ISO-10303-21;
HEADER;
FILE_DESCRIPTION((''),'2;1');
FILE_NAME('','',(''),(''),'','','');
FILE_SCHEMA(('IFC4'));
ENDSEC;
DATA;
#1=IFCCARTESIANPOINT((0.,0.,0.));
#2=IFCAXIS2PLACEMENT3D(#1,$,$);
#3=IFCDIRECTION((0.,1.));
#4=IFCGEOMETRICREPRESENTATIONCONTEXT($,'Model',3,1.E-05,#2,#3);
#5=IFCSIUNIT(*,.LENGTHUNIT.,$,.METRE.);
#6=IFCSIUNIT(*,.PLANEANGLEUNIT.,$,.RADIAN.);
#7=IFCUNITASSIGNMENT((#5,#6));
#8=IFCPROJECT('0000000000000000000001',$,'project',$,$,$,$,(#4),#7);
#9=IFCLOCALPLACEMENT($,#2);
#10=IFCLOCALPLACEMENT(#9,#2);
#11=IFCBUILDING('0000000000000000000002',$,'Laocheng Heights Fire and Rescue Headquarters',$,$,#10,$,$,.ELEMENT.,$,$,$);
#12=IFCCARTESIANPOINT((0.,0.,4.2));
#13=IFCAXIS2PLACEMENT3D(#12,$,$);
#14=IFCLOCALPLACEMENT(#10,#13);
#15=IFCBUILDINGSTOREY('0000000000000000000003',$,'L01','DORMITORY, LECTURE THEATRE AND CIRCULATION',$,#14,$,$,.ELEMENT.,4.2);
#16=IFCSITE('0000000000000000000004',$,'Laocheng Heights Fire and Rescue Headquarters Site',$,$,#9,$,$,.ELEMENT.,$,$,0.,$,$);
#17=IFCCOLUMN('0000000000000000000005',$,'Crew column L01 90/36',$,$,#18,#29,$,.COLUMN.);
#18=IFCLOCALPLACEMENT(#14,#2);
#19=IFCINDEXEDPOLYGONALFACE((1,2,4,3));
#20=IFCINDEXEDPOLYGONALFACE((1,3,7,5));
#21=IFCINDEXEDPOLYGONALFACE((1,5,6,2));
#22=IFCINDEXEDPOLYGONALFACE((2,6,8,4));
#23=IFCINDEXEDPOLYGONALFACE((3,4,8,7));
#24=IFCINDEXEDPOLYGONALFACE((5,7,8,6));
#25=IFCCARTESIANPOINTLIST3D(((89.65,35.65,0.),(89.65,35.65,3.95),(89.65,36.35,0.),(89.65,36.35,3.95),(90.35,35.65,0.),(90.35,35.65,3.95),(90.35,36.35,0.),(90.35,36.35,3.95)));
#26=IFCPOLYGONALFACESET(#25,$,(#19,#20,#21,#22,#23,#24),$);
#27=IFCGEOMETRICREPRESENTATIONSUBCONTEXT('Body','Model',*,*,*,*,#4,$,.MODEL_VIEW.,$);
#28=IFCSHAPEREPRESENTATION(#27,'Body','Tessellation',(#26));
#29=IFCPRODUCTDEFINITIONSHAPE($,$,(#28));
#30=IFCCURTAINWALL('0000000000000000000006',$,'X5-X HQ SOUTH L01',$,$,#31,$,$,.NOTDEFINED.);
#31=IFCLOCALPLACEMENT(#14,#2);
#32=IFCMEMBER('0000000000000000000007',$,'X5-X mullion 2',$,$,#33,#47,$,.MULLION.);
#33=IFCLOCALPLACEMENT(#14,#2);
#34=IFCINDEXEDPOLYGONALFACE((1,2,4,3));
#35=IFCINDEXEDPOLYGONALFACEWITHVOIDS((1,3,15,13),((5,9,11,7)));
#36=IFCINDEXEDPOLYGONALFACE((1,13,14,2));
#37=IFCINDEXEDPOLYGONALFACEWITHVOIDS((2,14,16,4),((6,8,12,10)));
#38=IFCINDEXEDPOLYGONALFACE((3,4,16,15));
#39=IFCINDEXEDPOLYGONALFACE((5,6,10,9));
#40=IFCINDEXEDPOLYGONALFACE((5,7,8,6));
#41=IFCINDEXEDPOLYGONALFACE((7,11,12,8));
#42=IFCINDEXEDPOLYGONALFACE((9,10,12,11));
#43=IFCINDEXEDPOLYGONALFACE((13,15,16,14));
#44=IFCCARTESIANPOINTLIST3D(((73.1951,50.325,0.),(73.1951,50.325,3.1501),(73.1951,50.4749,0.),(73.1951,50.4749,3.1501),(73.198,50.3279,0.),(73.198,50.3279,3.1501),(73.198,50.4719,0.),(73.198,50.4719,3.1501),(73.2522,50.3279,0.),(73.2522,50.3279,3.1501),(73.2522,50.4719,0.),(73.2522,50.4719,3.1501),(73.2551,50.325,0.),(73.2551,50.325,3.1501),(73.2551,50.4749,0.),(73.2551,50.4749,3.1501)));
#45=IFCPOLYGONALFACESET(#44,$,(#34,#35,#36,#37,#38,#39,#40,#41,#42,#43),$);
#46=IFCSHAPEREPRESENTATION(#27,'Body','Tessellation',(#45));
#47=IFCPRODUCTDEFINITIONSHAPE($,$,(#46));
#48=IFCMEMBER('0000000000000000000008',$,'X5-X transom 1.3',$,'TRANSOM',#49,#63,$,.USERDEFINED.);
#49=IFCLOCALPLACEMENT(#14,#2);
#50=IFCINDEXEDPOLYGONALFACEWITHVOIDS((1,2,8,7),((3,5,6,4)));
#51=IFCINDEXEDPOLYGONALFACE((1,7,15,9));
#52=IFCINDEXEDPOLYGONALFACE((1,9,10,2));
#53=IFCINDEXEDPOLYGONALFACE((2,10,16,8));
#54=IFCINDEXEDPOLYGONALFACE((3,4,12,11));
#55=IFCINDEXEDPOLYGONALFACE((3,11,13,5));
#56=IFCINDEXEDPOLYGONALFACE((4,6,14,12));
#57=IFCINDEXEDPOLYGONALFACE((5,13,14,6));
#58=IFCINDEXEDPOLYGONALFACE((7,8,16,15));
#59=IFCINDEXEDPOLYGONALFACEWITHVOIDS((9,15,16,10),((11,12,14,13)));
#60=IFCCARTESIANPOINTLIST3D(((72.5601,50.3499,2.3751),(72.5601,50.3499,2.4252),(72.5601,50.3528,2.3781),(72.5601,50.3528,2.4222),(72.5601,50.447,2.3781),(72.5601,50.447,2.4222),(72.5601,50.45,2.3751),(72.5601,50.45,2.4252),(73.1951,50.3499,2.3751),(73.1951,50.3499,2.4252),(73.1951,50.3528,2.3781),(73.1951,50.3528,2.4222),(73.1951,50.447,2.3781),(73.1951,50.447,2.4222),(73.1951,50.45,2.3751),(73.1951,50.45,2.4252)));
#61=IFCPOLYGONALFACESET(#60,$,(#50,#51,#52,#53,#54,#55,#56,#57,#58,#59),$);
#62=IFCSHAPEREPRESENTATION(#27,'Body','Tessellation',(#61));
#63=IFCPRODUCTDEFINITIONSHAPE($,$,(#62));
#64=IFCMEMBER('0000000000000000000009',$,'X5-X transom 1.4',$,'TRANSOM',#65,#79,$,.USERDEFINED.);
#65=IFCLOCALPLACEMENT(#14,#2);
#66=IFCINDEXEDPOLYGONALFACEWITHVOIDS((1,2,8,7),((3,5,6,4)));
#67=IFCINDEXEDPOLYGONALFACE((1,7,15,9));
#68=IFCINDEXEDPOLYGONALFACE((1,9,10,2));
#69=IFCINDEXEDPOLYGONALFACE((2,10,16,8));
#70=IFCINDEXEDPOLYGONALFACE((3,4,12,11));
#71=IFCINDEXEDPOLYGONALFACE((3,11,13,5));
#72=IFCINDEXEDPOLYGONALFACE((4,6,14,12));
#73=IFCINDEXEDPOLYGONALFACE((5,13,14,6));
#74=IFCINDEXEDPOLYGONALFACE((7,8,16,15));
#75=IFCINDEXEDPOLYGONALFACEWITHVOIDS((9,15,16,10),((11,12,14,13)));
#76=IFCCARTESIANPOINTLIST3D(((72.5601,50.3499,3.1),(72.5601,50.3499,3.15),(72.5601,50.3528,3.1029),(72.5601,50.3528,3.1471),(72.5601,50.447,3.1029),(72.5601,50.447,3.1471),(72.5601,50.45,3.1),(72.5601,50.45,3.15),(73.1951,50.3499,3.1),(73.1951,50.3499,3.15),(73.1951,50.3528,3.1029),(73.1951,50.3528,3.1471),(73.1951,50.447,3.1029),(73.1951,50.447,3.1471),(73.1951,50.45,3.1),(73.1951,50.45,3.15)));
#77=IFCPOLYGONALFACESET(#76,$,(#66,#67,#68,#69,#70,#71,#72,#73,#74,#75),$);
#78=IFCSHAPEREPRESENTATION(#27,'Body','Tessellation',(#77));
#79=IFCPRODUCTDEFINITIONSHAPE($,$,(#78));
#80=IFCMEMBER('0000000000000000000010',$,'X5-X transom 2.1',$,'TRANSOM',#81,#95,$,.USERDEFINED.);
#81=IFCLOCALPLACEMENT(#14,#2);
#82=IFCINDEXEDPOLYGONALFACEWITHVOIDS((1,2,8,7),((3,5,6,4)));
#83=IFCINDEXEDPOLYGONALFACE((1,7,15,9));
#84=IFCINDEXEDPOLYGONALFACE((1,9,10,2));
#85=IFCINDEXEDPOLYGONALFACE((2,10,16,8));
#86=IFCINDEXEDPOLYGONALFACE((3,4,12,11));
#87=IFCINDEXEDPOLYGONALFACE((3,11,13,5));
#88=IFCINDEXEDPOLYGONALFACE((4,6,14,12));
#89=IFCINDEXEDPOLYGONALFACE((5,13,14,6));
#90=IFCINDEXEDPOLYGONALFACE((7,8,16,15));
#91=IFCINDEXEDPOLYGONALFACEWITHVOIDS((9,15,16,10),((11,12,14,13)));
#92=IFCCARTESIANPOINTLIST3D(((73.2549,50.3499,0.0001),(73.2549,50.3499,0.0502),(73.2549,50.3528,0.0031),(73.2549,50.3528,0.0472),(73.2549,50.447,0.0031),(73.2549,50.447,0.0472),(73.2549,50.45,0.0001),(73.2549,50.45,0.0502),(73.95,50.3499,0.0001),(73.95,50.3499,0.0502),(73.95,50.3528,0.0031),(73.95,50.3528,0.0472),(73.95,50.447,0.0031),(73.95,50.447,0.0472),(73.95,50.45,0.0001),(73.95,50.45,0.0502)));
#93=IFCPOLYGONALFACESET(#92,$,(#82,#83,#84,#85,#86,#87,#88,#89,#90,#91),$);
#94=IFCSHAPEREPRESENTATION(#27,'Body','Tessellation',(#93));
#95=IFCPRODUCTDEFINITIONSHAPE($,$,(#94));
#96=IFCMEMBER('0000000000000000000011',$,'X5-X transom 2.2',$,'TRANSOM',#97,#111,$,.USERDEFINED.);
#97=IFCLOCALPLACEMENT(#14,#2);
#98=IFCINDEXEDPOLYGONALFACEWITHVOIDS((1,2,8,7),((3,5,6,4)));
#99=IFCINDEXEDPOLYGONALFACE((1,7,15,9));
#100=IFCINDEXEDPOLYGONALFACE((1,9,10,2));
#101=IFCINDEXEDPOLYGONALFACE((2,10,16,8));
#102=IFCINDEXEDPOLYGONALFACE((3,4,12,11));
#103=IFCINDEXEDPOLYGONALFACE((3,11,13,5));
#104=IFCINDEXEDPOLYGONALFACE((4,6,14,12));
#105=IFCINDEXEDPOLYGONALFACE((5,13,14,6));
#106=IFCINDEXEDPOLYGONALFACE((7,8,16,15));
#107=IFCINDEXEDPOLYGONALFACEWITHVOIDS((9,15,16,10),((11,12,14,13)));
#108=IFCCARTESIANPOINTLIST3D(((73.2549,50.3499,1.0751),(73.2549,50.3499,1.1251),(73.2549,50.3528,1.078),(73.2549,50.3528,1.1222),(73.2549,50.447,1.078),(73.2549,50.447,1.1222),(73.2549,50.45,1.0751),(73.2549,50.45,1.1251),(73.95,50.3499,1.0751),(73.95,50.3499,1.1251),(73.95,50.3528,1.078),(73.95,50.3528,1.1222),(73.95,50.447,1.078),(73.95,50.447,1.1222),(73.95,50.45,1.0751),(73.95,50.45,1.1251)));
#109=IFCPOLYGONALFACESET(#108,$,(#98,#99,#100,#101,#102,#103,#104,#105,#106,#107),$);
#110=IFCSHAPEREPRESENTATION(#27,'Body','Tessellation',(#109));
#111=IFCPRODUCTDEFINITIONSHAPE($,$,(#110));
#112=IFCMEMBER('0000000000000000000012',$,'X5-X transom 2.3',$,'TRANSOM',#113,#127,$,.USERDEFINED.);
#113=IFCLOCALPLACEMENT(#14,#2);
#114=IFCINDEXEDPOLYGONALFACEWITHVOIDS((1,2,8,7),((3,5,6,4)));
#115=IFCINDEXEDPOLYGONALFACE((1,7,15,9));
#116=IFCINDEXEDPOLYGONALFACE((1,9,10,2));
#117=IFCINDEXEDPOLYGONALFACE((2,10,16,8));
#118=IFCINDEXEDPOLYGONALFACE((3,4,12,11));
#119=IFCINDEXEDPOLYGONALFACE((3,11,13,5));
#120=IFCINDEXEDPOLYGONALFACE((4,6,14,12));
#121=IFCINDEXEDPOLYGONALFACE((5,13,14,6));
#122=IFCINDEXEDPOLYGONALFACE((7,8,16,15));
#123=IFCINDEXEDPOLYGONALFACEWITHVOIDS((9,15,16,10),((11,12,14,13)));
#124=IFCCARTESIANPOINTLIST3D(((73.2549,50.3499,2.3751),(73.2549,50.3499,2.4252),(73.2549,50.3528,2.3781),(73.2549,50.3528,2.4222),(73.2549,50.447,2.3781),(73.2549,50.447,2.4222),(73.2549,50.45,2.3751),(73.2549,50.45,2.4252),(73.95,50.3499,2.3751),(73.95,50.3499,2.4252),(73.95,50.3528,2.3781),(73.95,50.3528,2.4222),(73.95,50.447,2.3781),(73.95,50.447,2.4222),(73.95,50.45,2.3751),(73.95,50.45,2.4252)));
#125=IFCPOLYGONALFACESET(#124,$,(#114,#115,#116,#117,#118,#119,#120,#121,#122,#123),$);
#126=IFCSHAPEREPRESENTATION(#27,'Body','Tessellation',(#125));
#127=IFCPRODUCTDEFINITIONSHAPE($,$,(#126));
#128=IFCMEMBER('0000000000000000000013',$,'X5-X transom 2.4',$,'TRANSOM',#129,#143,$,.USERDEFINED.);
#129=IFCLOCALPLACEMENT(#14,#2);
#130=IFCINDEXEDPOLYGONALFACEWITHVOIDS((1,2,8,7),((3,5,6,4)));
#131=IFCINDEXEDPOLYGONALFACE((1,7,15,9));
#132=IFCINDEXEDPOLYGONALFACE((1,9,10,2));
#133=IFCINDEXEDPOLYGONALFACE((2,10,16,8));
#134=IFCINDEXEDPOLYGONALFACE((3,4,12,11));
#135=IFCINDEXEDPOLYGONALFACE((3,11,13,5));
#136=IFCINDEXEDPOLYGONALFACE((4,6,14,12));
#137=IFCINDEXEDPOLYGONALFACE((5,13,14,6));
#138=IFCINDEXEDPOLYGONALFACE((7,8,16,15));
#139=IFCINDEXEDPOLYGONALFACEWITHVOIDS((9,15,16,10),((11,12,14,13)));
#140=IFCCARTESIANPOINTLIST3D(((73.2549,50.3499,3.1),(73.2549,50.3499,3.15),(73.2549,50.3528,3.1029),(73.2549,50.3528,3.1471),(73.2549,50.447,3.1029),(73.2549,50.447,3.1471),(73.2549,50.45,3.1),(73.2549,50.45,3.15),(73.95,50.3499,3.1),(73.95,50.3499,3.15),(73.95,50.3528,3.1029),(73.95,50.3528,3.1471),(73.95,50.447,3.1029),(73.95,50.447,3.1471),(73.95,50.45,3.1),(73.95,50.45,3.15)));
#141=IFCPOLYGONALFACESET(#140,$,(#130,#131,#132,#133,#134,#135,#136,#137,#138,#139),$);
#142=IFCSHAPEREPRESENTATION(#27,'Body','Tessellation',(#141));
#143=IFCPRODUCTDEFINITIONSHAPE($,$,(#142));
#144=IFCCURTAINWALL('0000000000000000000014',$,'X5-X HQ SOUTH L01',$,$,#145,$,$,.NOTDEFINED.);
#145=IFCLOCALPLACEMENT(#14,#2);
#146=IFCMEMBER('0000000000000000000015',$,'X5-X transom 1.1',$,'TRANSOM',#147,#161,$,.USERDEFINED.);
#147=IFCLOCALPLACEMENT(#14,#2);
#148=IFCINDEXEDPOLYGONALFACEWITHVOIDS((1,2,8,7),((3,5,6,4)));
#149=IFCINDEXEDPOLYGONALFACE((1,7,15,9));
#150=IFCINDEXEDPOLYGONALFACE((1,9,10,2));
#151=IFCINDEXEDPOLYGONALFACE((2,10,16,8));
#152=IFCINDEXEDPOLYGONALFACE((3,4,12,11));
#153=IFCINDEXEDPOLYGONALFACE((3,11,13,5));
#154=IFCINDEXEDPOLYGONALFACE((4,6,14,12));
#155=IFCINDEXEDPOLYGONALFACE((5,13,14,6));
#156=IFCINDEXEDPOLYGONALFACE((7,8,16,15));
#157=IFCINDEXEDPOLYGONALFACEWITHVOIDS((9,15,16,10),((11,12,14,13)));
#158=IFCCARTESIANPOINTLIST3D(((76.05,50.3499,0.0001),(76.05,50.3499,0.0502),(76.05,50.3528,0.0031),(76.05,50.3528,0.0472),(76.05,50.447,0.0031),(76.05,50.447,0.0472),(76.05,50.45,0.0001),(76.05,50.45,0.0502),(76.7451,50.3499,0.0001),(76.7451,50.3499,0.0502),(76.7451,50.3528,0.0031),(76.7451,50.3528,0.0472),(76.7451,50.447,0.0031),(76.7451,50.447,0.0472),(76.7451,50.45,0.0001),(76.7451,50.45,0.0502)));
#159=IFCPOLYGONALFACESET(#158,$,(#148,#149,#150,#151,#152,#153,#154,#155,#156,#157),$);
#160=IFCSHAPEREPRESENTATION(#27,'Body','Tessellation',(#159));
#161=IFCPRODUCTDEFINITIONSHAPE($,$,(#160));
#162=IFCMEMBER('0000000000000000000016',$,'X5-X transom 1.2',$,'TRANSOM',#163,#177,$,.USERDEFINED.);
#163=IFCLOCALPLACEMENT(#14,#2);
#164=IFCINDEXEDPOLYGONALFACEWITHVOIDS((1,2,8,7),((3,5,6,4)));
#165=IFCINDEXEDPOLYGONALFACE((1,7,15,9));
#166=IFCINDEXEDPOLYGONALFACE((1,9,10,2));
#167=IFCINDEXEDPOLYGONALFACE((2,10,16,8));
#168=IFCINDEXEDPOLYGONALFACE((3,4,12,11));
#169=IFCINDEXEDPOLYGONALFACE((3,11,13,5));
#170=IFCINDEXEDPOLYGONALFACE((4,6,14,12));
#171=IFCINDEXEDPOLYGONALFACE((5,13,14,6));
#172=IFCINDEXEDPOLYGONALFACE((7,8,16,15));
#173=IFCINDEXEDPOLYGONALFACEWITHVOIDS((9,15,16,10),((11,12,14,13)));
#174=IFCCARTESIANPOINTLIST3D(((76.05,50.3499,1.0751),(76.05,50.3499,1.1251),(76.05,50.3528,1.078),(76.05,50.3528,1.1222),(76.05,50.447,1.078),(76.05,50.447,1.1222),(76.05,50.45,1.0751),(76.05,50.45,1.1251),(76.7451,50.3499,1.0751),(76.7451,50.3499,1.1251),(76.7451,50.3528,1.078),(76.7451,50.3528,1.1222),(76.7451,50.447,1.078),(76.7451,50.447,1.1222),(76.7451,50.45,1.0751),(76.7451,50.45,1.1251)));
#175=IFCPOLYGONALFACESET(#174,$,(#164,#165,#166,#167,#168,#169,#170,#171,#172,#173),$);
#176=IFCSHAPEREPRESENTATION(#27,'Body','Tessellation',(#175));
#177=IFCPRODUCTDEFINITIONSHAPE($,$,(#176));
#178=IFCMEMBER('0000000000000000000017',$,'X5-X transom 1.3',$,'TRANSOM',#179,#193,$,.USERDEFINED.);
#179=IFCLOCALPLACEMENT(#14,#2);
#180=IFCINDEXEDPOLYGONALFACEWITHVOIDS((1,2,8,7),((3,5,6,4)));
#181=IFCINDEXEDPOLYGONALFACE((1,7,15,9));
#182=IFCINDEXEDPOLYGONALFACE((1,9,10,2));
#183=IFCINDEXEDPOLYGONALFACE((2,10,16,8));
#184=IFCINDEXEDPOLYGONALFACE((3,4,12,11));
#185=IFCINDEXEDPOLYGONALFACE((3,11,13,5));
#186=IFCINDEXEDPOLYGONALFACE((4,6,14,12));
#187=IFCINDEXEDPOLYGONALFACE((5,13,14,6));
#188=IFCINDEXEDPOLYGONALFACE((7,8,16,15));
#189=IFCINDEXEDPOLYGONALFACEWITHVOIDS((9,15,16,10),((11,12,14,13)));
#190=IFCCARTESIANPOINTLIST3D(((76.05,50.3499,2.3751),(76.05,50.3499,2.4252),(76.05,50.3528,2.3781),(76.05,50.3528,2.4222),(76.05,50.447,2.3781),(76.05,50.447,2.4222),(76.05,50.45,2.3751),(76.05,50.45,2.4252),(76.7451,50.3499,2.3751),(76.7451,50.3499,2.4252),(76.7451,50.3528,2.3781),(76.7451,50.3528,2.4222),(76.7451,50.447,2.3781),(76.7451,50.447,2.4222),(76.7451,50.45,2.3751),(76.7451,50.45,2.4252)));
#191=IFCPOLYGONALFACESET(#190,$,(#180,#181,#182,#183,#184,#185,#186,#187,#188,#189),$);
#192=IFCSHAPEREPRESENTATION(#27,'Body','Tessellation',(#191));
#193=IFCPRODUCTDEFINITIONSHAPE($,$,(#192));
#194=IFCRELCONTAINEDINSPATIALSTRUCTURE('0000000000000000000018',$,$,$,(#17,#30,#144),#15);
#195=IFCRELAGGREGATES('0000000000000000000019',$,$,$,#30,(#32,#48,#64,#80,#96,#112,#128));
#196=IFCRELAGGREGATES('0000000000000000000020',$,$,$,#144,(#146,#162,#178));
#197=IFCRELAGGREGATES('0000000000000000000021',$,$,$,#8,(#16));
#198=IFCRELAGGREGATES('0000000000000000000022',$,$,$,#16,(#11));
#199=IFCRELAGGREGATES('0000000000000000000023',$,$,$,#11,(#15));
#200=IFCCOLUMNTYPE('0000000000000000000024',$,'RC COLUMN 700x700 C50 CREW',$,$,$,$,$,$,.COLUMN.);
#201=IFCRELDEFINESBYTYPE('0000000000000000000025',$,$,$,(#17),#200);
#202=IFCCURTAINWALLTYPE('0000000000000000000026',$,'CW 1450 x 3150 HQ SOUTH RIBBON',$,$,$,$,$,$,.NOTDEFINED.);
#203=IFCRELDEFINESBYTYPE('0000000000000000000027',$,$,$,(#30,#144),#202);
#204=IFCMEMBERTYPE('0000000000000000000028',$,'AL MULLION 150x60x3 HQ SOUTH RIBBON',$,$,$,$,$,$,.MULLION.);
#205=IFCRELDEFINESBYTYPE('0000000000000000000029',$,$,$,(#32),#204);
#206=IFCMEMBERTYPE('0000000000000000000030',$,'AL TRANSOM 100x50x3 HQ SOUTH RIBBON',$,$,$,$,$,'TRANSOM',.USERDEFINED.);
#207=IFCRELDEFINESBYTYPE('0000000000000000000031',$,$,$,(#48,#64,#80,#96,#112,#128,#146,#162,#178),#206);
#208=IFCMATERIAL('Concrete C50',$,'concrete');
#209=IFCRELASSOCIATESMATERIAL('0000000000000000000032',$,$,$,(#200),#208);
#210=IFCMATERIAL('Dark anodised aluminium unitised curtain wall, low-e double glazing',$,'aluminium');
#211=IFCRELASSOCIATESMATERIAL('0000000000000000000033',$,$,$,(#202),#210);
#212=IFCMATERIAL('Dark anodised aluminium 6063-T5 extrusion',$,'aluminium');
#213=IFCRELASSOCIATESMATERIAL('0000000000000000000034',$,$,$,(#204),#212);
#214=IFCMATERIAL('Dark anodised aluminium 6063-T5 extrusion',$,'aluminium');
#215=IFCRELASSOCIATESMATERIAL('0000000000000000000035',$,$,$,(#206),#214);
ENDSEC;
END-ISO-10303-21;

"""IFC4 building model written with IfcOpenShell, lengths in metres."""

from ifc_helpers import new_model, si_unit, direction, frame, origin, origin_2d, place, context, subcontext, project, spatial, rectangle, hollow_rectangle, extrude, material, material_profile, profile_set, type_object, element, aggregate, save


model = new_model("IFC4")

# Units and contexts
model_context = context("Model", 3, precision=1e-05, world=origin(), true_north=direction((0.0, 1.0)))
body_context = subcontext(model_context, "Body", "Model", "MODEL_VIEW")
ifc_project = project(units=[si_unit("LENGTHUNIT", "METRE"), si_unit("PLANEANGLEUNIT", "RADIAN")], contexts=[model_context])

# Site, building, storey
site_placement = place(None, origin())
site = spatial("IfcSite", under=ifc_project, at=site_placement, Name="Laocheng Heights Fire and Rescue Headquarters Site", CompositionType="ELEMENT", RefElevation=0.0)
building_placement = place(site_placement, origin())
building = spatial("IfcBuilding", under=site, at=building_placement, Name="Laocheng Heights Fire and Rescue Headquarters", CompositionType="ELEMENT")
storey_placement = place(building_placement, frame((0.0, 0.0, 4.2)))
storey = spatial("IfcBuildingStorey", under=building, at=storey_placement, Name="L01", Description="DORMITORY, LECTURE THEATRE AND CIRCULATION", CompositionType="ELEMENT", Elevation=4.2)

# Column
ifc_material_1 = material(Name="Concrete C50", Category="concrete")
ifc_material_profile_1 = material_profile(ifc_material_1, rectangle(XDim=0.7, YDim=0.7, at=origin_2d()), Name="RC COLUMN 700x700 C50 CREW")
ifc_profile_set_1 = profile_set([ifc_material_profile_1], Name="Concrete C50")
column_type = type_object("IfcColumnType", Name="RC COLUMN 700x700 C50 CREW", PredefinedType="COLUMN", material=ifc_profile_set_1)
column_placement = place(storey_placement, frame((90.0, 36.0, 0.0), z_axis=(0.0, 0.0, 1.0), x_axis=(1.0, 0.0, 0.0)))
element("IfcColumn", 1, at=column_placement, inside=storey, type_object=column_type, Name="Crew column L01 90/36", PredefinedType="COLUMN", context=body_context, shape_type="SweptSolid", body=[
    extrude(rectangle(XDim=0.7, YDim=0.7, at=origin_2d()), origin(), (0.0, 0.0, 1.0), 3.95),
])

# Curtain walls, members
ifc_material_2 = material(Name="Dark anodised aluminium unitised curtain wall, low-e double glazing", Category="aluminium")
curtain_wall_type = type_object("IfcCurtainWallType", Name="CW 1450 x 3150 HQ SOUTH RIBBON", PredefinedType="NOTDEFINED", material=ifc_material_2)
curtain_wall_1_placement = place(storey_placement, origin())
curtain_wall_1 = element("IfcCurtainWall", 2, at=curtain_wall_1_placement, inside=storey, type_object=curtain_wall_type, Name="X5-X HQ SOUTH L01", PredefinedType="NOTDEFINED")
ifc_material_3 = material(Name="Dark anodised aluminium 6063-T5 extrusion", Category="aluminium")
ifc_material_profile_2 = material_profile(ifc_material_3, hollow_rectangle(XDim=0.1499, YDim=0.0601, WallThickness=0.0029, at=origin_2d()), Name="AL MULLION 150x60x3 HQ SOUTH RIBBON")
ifc_profile_set_2 = profile_set([ifc_material_profile_2], Name="Dark anodised aluminium 6063-T5 extrusion")
member_type_1 = type_object("IfcMemberType", Name="AL MULLION 150x60x3 HQ SOUTH RIBBON", PredefinedType="MULLION", material=ifc_profile_set_2)
member_1_placement = place(storey_placement, frame((73.2251, 50.3999, 0.0), z_axis=(0.0, 0.0, 1.0), x_axis=(0.0, 1.0, 0.0)))
member_1 = element("IfcMember", 3, at=member_1_placement, type_object=member_type_1, Name="X5-X mullion 2", PredefinedType="MULLION", context=body_context, shape_type="SweptSolid", body=[
    extrude(hollow_rectangle(XDim=0.1499, YDim=0.0601, WallThickness=0.0029, at=origin_2d()), origin(), (0.0, 0.0, 1.0), 3.1501),
])
ifc_material_4 = material(Name="Dark anodised aluminium 6063-T5 extrusion", Category="aluminium")
ifc_material_profile_3 = material_profile(ifc_material_4, hollow_rectangle(XDim=0.1001, YDim=0.05, WallThickness=0.0029, at=origin_2d()), Name="AL TRANSOM 100x50x3 HQ SOUTH RIBBON")
ifc_profile_set_3 = profile_set([ifc_material_profile_3], Name="Dark anodised aluminium 6063-T5 extrusion")
member_type_2 = type_object("IfcMemberType", Name="AL TRANSOM 100x50x3 HQ SOUTH RIBBON", ElementType="TRANSOM", PredefinedType="USERDEFINED", material=ifc_profile_set_3)
member_2_placement = place(storey_placement, frame((72.5601, 50.3999, 2.4001), z_axis=(1.0, 0.0, 0.0), x_axis=(0.0, 1.0, 0.0)))
member_2 = element("IfcMember", 4, at=member_2_placement, type_object=member_type_2, Name="X5-X transom 1.3", ObjectType="TRANSOM", PredefinedType="USERDEFINED", context=body_context, shape_type="SweptSolid", body=[
    extrude(hollow_rectangle(XDim=0.1001, YDim=0.05, WallThickness=0.0029, at=origin_2d()), origin(), (0.0, 0.0, 1.0), 0.635),
])
member_3_placement = place(storey_placement, frame((72.5601, 50.3999, 3.125), z_axis=(1.0, 0.0, 0.0), x_axis=(0.0, 1.0, 0.0)))
member_3 = element("IfcMember", 5, at=member_3_placement, type_object=member_type_2, Name="X5-X transom 1.4", ObjectType="TRANSOM", PredefinedType="USERDEFINED", context=body_context, shape_type="SweptSolid", body=[
    extrude(hollow_rectangle(XDim=0.1001, YDim=0.05, WallThickness=0.0029, at=origin_2d()), origin(), (0.0, 0.0, 1.0), 0.635),
])
member_4_placement = place(storey_placement, frame((73.2549, 50.3999, 0.0251), z_axis=(1.0, 0.0, 0.0), x_axis=(0.0, 1.0, 0.0)))
member_4 = element("IfcMember", 6, at=member_4_placement, type_object=member_type_2, Name="X5-X transom 2.1", ObjectType="TRANSOM", PredefinedType="USERDEFINED", context=body_context, shape_type="SweptSolid", body=[
    extrude(hollow_rectangle(XDim=0.1001, YDim=0.05, WallThickness=0.0029, at=origin_2d()), origin(), (0.0, 0.0, 1.0), 0.6951),
])
member_5_placement = place(storey_placement, frame((73.2549, 50.3999, 1.1001), z_axis=(1.0, 0.0, 0.0), x_axis=(0.0, 1.0, 0.0)))
member_5 = element("IfcMember", 7, at=member_5_placement, type_object=member_type_2, Name="X5-X transom 2.2", ObjectType="TRANSOM", PredefinedType="USERDEFINED", context=body_context, shape_type="SweptSolid", body=[
    extrude(hollow_rectangle(XDim=0.1001, YDim=0.05, WallThickness=0.0029, at=origin_2d()), origin(), (0.0, 0.0, 1.0), 0.6951),
])
member_6_placement = place(storey_placement, frame((73.2549, 50.3999, 2.4001), z_axis=(1.0, 0.0, 0.0), x_axis=(0.0, 1.0, 0.0)))
member_6 = element("IfcMember", 8, at=member_6_placement, type_object=member_type_2, Name="X5-X transom 2.3", ObjectType="TRANSOM", PredefinedType="USERDEFINED", context=body_context, shape_type="SweptSolid", body=[
    extrude(hollow_rectangle(XDim=0.1001, YDim=0.05, WallThickness=0.0029, at=origin_2d()), origin(), (0.0, 0.0, 1.0), 0.6951),
])
member_7_placement = place(storey_placement, frame((73.2549, 50.3999, 3.125), z_axis=(1.0, 0.0, 0.0), x_axis=(0.0, 1.0, 0.0)))
member_7 = element("IfcMember", 9, at=member_7_placement, type_object=member_type_2, Name="X5-X transom 2.4", ObjectType="TRANSOM", PredefinedType="USERDEFINED", context=body_context, shape_type="SweptSolid", body=[
    extrude(hollow_rectangle(XDim=0.1001, YDim=0.05, WallThickness=0.0029, at=origin_2d()), origin(), (0.0, 0.0, 1.0), 0.6951),
])
curtain_wall_2_placement = place(storey_placement, origin())
curtain_wall_2 = element("IfcCurtainWall", 10, at=curtain_wall_2_placement, inside=storey, type_object=curtain_wall_type, Name="X5-X HQ SOUTH L01", PredefinedType="NOTDEFINED")
member_8_placement = place(storey_placement, frame((76.05, 50.3999, 0.0251), z_axis=(1.0, 0.0, 0.0), x_axis=(0.0, 1.0, 0.0)))
member_8 = element("IfcMember", 11, at=member_8_placement, type_object=member_type_2, Name="X5-X transom 1.1", ObjectType="TRANSOM", PredefinedType="USERDEFINED", context=body_context, shape_type="SweptSolid", body=[
    extrude(hollow_rectangle(XDim=0.1001, YDim=0.05, WallThickness=0.0029, at=origin_2d()), origin(), (0.0, 0.0, 1.0), 0.6951),
])
member_9_placement = place(storey_placement, frame((76.05, 50.3999, 1.1001), z_axis=(1.0, 0.0, 0.0), x_axis=(0.0, 1.0, 0.0)))
member_9 = element("IfcMember", 12, at=member_9_placement, type_object=member_type_2, Name="X5-X transom 1.2", ObjectType="TRANSOM", PredefinedType="USERDEFINED", context=body_context, shape_type="SweptSolid", body=[
    extrude(hollow_rectangle(XDim=0.1001, YDim=0.05, WallThickness=0.0029, at=origin_2d()), origin(), (0.0, 0.0, 1.0), 0.6951),
])
member_10_placement = place(storey_placement, frame((76.05, 50.3999, 2.4001), z_axis=(1.0, 0.0, 0.0), x_axis=(0.0, 1.0, 0.0)))
member_10 = element("IfcMember", 13, at=member_10_placement, type_object=member_type_2, Name="X5-X transom 1.3", ObjectType="TRANSOM", PredefinedType="USERDEFINED", context=body_context, shape_type="SweptSolid", body=[
    extrude(hollow_rectangle(XDim=0.1001, YDim=0.05, WallThickness=0.0029, at=origin_2d()), origin(), (0.0, 0.0, 1.0), 0.6951),
])

aggregate(curtain_wall_1, [member_1, member_2, member_3, member_4, member_5, member_6, member_7])
aggregate(curtain_wall_2, [member_8, member_9, member_10])

save(model, "model.ifc")
